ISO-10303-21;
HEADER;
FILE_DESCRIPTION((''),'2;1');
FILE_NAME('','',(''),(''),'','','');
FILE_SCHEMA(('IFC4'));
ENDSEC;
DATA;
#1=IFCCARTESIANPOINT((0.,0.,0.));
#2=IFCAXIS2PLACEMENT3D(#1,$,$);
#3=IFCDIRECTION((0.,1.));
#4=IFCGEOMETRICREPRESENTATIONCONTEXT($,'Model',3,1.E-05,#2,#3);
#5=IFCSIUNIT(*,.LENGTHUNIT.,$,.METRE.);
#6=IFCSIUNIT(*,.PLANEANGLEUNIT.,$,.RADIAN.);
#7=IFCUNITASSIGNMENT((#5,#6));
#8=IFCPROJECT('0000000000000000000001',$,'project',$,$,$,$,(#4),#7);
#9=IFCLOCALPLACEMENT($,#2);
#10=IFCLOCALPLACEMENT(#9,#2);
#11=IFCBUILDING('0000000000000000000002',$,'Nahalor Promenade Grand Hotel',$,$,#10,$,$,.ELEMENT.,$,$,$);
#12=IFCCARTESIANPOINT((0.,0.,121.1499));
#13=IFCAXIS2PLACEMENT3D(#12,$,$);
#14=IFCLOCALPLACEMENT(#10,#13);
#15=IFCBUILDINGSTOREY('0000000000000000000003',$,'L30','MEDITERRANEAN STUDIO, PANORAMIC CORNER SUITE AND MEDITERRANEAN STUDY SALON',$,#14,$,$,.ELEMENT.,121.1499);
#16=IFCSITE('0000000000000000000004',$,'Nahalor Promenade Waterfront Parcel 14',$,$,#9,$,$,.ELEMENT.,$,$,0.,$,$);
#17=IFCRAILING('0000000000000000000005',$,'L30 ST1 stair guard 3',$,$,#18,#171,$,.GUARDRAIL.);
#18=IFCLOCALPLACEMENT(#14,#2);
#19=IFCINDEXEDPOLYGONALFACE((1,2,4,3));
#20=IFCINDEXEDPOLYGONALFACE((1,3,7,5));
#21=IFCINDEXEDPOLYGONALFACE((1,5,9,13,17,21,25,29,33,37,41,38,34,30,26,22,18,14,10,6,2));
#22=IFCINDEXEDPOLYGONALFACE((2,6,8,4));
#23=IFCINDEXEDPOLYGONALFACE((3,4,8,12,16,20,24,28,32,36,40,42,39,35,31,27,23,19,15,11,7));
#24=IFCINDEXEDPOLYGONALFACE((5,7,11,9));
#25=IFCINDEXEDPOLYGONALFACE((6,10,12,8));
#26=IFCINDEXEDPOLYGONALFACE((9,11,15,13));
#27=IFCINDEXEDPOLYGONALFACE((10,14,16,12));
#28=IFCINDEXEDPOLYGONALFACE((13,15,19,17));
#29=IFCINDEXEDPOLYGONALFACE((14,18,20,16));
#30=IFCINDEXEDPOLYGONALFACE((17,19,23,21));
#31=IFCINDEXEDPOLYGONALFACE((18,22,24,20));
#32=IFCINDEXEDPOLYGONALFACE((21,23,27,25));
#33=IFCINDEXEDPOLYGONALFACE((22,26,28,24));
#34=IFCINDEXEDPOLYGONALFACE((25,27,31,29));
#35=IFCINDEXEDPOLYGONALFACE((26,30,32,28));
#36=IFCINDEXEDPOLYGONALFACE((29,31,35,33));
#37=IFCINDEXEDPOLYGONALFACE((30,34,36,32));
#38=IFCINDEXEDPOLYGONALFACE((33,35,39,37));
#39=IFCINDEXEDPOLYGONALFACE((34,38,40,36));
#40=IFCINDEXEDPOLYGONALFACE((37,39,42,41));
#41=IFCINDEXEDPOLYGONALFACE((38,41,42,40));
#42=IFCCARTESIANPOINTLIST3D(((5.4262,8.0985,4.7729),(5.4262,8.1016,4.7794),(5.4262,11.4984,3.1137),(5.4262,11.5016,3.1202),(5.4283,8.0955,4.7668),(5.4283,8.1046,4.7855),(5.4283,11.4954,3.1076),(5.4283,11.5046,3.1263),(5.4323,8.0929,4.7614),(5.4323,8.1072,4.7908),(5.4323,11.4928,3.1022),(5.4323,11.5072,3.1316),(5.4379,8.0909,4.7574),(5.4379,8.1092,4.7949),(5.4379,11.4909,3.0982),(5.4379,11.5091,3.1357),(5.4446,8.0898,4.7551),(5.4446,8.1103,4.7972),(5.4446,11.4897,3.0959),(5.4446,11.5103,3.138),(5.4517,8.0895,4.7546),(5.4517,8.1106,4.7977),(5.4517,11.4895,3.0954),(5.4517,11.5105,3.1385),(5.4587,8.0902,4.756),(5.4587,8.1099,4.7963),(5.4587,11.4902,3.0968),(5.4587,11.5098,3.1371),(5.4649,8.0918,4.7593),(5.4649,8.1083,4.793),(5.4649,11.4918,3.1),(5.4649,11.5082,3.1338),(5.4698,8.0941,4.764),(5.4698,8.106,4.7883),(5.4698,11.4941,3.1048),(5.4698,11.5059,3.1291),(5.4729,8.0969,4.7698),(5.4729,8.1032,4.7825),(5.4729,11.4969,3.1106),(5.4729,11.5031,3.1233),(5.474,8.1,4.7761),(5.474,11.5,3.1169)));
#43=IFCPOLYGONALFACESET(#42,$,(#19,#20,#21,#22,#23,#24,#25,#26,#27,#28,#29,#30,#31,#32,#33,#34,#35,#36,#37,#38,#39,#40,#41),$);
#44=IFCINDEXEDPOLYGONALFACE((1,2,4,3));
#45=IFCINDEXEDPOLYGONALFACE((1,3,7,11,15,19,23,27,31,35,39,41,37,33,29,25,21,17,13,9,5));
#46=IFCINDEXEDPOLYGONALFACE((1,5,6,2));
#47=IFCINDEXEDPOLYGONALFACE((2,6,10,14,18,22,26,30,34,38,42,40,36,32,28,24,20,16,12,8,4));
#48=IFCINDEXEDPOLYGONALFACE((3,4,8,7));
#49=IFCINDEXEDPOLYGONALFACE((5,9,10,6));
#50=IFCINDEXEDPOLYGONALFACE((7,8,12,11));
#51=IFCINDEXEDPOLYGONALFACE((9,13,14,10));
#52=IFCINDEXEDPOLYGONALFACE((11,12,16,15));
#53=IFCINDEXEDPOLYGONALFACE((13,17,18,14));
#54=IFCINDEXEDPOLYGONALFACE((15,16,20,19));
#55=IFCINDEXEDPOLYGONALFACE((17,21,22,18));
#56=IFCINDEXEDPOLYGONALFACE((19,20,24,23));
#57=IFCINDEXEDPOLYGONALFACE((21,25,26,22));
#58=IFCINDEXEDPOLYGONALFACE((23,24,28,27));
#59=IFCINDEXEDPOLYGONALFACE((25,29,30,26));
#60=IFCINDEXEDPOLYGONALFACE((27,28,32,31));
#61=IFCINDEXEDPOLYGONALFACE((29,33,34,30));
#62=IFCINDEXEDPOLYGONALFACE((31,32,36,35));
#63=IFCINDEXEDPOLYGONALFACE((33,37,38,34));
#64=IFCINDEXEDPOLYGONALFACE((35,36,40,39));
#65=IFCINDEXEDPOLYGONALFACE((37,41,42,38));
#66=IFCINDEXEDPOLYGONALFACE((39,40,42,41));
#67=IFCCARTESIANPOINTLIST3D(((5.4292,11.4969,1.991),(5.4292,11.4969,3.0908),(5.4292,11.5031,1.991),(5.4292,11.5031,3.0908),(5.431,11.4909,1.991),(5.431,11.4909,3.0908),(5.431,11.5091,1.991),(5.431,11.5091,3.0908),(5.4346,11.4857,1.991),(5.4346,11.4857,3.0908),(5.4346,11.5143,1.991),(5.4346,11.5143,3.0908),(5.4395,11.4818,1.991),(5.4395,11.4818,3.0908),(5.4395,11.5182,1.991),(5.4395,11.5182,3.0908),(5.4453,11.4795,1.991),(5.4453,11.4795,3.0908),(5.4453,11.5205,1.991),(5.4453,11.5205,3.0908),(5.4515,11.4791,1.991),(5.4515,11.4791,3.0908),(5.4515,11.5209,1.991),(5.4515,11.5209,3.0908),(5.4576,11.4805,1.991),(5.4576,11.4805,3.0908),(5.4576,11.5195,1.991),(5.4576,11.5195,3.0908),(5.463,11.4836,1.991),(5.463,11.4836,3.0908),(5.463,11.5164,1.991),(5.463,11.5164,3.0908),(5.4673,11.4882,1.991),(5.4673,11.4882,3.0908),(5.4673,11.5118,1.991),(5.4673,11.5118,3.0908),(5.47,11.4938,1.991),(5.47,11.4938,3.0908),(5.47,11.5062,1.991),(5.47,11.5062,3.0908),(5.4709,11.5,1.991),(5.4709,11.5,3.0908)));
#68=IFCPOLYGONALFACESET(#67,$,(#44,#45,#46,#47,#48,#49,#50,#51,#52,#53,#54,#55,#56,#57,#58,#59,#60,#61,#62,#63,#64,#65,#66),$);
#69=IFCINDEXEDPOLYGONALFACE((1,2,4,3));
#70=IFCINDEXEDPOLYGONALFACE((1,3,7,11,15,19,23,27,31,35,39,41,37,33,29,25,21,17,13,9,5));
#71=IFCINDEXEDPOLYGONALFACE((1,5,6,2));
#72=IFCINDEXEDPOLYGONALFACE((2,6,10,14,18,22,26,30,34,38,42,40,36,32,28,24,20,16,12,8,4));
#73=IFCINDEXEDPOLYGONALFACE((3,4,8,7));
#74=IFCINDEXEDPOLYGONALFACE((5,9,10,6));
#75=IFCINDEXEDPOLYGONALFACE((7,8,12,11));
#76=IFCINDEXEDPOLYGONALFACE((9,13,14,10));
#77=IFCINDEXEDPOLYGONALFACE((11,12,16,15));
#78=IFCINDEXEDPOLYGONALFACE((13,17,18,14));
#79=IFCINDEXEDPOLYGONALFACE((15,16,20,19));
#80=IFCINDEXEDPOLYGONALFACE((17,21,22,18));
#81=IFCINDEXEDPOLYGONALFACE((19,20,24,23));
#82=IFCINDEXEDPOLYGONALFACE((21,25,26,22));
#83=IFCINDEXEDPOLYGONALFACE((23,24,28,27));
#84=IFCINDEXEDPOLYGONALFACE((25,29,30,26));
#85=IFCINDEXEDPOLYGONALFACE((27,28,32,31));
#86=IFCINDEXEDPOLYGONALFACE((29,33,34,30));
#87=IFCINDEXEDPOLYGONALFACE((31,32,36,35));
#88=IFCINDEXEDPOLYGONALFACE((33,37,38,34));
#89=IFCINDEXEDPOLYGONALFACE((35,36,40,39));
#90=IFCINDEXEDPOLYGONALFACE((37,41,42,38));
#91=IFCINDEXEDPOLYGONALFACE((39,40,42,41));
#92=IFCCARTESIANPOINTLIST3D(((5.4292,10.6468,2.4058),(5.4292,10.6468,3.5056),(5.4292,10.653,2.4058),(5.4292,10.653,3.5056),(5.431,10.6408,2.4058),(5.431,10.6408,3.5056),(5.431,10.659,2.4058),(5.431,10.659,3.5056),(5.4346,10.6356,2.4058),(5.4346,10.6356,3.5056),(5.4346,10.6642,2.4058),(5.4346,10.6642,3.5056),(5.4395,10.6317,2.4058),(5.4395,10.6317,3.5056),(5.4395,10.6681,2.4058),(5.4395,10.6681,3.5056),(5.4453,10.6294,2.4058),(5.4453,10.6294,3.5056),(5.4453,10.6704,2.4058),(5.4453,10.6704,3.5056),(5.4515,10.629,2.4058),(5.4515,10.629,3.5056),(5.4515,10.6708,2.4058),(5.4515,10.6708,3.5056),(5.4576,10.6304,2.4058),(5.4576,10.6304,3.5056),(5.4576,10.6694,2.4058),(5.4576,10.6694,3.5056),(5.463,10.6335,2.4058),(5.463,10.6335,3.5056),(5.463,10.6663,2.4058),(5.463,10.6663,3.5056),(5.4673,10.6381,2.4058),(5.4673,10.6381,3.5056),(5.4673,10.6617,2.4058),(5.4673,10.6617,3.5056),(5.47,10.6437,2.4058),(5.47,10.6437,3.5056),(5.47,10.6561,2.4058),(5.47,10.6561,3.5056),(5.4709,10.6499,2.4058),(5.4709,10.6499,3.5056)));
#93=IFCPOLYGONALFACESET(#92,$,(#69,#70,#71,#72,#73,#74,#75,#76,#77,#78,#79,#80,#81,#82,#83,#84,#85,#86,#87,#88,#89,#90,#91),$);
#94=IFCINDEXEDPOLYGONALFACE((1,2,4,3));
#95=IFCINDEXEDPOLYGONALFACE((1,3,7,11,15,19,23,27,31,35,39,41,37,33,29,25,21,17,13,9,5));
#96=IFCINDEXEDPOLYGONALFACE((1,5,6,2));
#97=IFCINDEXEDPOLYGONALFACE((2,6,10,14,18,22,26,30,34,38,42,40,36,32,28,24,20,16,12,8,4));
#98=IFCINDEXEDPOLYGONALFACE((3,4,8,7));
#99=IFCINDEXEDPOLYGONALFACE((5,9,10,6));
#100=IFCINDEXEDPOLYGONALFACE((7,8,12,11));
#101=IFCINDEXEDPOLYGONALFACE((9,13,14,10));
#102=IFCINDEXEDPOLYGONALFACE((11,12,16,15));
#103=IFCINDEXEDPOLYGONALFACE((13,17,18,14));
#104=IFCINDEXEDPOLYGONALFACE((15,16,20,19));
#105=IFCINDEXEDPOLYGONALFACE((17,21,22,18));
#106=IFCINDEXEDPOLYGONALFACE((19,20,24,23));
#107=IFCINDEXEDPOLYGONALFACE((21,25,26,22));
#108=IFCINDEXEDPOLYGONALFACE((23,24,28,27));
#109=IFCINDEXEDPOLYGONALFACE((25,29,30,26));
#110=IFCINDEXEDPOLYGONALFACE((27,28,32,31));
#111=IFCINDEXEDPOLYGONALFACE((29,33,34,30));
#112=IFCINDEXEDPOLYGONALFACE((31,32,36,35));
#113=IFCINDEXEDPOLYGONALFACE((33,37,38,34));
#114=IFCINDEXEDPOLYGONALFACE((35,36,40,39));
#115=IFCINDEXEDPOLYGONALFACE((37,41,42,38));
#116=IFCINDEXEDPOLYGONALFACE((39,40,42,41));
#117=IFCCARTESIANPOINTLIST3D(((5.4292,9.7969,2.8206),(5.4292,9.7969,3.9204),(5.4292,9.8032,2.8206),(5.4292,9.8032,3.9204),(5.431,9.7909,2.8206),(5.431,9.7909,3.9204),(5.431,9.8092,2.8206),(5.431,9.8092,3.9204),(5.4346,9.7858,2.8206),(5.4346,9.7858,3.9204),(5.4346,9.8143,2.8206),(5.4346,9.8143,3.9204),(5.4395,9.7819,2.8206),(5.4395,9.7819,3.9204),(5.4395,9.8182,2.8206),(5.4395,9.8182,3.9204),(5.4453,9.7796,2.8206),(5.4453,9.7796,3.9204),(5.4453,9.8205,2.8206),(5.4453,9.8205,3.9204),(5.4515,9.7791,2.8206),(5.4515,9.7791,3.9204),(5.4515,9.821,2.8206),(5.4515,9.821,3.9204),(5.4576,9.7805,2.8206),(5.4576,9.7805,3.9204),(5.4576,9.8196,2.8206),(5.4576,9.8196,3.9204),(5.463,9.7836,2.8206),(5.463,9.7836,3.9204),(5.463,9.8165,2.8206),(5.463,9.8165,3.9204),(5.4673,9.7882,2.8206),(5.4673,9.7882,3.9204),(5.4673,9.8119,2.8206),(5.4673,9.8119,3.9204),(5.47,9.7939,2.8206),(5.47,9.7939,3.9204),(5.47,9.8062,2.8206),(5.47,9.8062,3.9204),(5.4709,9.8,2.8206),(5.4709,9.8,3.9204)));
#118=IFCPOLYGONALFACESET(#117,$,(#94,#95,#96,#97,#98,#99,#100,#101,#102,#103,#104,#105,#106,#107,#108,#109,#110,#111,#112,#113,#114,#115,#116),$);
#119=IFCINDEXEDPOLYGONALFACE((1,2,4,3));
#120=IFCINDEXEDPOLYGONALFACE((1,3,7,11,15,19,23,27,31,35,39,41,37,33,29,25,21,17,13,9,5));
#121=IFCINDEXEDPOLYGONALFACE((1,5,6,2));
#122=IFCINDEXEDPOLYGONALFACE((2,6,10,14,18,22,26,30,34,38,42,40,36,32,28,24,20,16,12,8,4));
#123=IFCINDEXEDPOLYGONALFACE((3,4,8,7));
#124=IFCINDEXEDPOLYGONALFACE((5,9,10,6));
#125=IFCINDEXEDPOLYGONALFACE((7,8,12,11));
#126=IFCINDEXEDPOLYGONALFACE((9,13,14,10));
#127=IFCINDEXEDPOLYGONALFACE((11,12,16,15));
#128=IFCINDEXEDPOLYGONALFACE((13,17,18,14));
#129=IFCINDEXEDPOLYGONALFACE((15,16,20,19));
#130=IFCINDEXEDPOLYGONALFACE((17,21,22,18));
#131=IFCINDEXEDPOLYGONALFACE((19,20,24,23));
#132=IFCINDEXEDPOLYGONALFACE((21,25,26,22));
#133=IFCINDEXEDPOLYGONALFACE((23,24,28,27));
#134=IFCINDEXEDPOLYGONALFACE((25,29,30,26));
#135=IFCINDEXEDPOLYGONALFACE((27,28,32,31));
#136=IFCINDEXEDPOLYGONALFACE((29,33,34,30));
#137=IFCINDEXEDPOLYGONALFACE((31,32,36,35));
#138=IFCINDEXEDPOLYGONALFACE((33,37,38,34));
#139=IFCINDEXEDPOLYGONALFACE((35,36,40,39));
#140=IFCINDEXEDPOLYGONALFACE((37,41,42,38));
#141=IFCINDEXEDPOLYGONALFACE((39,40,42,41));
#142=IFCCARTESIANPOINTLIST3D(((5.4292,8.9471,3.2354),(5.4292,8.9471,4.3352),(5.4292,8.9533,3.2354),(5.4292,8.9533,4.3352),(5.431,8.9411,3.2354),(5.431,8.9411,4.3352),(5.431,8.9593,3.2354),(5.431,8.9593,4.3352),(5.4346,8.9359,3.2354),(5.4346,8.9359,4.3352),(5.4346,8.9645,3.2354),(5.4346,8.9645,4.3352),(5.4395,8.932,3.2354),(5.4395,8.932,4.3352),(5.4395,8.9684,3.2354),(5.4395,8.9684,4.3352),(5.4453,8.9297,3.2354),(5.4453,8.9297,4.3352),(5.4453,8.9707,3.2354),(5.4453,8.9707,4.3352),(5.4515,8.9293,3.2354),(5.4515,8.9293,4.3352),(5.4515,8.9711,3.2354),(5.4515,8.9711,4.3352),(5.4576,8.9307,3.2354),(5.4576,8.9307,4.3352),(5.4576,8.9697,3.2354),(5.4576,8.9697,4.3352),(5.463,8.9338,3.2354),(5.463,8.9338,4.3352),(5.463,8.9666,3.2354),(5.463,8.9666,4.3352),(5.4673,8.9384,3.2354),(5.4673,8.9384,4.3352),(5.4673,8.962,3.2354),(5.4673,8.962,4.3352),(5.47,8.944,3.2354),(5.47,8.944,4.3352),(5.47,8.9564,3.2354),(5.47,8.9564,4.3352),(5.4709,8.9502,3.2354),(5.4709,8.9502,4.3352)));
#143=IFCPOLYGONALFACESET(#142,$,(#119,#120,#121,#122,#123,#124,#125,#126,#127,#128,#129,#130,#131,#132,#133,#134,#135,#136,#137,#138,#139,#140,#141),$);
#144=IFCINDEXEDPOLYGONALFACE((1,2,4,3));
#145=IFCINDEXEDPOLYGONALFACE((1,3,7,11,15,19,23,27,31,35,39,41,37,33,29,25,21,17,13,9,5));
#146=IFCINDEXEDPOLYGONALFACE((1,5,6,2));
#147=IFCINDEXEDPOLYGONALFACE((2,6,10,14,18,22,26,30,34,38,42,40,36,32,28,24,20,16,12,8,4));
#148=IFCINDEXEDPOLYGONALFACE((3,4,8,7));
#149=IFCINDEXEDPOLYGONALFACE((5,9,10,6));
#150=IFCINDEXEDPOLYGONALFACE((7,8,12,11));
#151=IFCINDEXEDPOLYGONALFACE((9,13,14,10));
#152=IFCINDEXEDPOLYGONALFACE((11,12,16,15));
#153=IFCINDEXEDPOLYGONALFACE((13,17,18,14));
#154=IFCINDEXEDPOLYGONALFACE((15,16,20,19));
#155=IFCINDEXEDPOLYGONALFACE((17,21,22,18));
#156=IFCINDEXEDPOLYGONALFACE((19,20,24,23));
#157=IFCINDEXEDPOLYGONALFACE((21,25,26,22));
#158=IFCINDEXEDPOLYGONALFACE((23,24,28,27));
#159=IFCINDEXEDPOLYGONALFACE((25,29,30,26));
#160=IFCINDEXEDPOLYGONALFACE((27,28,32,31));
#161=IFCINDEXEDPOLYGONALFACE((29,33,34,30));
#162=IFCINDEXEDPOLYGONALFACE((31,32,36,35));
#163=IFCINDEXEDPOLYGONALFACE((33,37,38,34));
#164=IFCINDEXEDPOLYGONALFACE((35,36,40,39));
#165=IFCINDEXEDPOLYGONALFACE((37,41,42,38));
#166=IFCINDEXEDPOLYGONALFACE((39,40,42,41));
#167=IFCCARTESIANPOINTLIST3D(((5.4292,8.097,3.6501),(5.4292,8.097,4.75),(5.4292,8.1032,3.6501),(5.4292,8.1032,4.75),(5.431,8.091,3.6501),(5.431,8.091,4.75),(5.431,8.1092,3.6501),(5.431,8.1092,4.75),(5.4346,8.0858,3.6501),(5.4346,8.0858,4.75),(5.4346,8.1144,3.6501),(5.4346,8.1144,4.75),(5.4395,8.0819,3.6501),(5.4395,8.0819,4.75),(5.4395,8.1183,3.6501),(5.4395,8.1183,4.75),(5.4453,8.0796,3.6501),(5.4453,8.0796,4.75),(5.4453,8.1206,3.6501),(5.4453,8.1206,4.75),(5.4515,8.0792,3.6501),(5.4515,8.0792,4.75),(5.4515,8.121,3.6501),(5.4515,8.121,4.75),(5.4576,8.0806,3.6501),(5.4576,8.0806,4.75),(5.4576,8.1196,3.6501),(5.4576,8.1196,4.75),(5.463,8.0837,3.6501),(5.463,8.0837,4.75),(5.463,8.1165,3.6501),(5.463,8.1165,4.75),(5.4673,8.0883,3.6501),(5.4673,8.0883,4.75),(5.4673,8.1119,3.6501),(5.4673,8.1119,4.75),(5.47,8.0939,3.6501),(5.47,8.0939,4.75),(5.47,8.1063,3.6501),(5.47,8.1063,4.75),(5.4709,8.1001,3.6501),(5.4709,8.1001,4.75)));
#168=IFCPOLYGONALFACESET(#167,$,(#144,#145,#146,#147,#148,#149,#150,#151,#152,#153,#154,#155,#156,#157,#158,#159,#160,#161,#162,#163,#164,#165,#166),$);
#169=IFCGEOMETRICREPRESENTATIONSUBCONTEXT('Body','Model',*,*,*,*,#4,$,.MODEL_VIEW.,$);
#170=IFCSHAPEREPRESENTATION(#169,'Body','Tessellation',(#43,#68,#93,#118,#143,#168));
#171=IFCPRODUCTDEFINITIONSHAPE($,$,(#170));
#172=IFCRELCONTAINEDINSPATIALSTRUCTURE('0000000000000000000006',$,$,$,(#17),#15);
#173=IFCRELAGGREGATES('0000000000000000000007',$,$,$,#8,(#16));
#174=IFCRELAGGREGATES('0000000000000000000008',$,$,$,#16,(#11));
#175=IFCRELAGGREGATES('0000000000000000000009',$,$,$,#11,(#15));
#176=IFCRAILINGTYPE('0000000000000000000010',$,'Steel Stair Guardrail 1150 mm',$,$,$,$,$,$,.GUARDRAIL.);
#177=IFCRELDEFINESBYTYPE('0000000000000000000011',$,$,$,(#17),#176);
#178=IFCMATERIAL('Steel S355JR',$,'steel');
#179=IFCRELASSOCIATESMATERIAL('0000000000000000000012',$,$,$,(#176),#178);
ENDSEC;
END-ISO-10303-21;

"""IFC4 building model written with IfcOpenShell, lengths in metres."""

from ifc_helpers import new_model, si_unit, direction, frame, origin, origin_2d, place, context, subcontext, project, spatial, circle, extrude, material, type_object, element, save


model = new_model("IFC4")

# Units and contexts
model_context = context("Model", 3, precision=1e-05, world=origin(), true_north=direction((0.0, 1.0)))
body_context = subcontext(model_context, "Body", "Model", "MODEL_VIEW")
ifc_project = project(units=[si_unit("LENGTHUNIT", "METRE"), si_unit("PLANEANGLEUNIT", "RADIAN")], contexts=[model_context])

# Site, building, storey
site_placement = place(None, origin())
site = spatial("IfcSite", under=ifc_project, at=site_placement, Name="Nahalor Promenade Waterfront Parcel 14", CompositionType="ELEMENT", RefElevation=0.0)
building_placement = place(site_placement, origin())
building = spatial("IfcBuilding", under=site, at=building_placement, Name="Nahalor Promenade Grand Hotel", CompositionType="ELEMENT")
storey_placement = place(building_placement, frame((0.0, 0.0, 121.1499)))
storey = spatial("IfcBuildingStorey", under=building, at=storey_placement, Name="L30", Description="MEDITERRANEAN STUDIO, PANORAMIC CORNER SUITE AND MEDITERRANEAN STUDY SALON", CompositionType="ELEMENT", Elevation=121.1499)

# Shared definitions
ifc_material_1 = material(Name="Steel S355JR", Category="steel")

# Railing
railing_type_1 = type_object("IfcRailingType", Name="Steel Stair Guardrail 1150 mm", PredefinedType="GUARDRAIL", material=ifc_material_1)
railing_1_placement = place(storey_placement, frame((5.45, 11.5, 1.991)))
element("IfcRailing", 1, at=railing_1_placement, inside=storey, type_object=railing_type_1, Name="L30 ST1 stair guard 3", PredefinedType="GUARDRAIL", context=body_context, shape_type="SweptSolid", body=[
    extrude(circle(Radius=0.024, at=origin_2d()), frame((0.0, 0.0, 1.126), z_axis=(0.0, -0.898696, 0.438571), x_axis=(1.0, 0.0, 0.0)), (0.0, 0.0, 1.0), 3.7832),
    extrude(circle(Radius=0.021, at=origin_2d()), origin(), (0.0, 0.0, 1.0), 1.0999),
    extrude(circle(Radius=0.021, at=origin_2d()), frame((0.0, -0.8501, 0.4148)), (0.0, 0.0, 1.0), 1.0999),
    extrude(circle(Radius=0.021, at=origin_2d()), frame((0.0, -1.7, 0.8296)), (0.0, 0.0, 1.0), 1.0999),
    extrude(circle(Radius=0.021, at=origin_2d()), frame((0.0, -2.5498, 1.2444)), (0.0, 0.0, 1.0), 1.0999),
    extrude(circle(Radius=0.021, at=origin_2d()), frame((0.0, -3.3999, 1.6592)), (0.0, 0.0, 1.0), 1.0999),
])

save(model, "model.ifc")
